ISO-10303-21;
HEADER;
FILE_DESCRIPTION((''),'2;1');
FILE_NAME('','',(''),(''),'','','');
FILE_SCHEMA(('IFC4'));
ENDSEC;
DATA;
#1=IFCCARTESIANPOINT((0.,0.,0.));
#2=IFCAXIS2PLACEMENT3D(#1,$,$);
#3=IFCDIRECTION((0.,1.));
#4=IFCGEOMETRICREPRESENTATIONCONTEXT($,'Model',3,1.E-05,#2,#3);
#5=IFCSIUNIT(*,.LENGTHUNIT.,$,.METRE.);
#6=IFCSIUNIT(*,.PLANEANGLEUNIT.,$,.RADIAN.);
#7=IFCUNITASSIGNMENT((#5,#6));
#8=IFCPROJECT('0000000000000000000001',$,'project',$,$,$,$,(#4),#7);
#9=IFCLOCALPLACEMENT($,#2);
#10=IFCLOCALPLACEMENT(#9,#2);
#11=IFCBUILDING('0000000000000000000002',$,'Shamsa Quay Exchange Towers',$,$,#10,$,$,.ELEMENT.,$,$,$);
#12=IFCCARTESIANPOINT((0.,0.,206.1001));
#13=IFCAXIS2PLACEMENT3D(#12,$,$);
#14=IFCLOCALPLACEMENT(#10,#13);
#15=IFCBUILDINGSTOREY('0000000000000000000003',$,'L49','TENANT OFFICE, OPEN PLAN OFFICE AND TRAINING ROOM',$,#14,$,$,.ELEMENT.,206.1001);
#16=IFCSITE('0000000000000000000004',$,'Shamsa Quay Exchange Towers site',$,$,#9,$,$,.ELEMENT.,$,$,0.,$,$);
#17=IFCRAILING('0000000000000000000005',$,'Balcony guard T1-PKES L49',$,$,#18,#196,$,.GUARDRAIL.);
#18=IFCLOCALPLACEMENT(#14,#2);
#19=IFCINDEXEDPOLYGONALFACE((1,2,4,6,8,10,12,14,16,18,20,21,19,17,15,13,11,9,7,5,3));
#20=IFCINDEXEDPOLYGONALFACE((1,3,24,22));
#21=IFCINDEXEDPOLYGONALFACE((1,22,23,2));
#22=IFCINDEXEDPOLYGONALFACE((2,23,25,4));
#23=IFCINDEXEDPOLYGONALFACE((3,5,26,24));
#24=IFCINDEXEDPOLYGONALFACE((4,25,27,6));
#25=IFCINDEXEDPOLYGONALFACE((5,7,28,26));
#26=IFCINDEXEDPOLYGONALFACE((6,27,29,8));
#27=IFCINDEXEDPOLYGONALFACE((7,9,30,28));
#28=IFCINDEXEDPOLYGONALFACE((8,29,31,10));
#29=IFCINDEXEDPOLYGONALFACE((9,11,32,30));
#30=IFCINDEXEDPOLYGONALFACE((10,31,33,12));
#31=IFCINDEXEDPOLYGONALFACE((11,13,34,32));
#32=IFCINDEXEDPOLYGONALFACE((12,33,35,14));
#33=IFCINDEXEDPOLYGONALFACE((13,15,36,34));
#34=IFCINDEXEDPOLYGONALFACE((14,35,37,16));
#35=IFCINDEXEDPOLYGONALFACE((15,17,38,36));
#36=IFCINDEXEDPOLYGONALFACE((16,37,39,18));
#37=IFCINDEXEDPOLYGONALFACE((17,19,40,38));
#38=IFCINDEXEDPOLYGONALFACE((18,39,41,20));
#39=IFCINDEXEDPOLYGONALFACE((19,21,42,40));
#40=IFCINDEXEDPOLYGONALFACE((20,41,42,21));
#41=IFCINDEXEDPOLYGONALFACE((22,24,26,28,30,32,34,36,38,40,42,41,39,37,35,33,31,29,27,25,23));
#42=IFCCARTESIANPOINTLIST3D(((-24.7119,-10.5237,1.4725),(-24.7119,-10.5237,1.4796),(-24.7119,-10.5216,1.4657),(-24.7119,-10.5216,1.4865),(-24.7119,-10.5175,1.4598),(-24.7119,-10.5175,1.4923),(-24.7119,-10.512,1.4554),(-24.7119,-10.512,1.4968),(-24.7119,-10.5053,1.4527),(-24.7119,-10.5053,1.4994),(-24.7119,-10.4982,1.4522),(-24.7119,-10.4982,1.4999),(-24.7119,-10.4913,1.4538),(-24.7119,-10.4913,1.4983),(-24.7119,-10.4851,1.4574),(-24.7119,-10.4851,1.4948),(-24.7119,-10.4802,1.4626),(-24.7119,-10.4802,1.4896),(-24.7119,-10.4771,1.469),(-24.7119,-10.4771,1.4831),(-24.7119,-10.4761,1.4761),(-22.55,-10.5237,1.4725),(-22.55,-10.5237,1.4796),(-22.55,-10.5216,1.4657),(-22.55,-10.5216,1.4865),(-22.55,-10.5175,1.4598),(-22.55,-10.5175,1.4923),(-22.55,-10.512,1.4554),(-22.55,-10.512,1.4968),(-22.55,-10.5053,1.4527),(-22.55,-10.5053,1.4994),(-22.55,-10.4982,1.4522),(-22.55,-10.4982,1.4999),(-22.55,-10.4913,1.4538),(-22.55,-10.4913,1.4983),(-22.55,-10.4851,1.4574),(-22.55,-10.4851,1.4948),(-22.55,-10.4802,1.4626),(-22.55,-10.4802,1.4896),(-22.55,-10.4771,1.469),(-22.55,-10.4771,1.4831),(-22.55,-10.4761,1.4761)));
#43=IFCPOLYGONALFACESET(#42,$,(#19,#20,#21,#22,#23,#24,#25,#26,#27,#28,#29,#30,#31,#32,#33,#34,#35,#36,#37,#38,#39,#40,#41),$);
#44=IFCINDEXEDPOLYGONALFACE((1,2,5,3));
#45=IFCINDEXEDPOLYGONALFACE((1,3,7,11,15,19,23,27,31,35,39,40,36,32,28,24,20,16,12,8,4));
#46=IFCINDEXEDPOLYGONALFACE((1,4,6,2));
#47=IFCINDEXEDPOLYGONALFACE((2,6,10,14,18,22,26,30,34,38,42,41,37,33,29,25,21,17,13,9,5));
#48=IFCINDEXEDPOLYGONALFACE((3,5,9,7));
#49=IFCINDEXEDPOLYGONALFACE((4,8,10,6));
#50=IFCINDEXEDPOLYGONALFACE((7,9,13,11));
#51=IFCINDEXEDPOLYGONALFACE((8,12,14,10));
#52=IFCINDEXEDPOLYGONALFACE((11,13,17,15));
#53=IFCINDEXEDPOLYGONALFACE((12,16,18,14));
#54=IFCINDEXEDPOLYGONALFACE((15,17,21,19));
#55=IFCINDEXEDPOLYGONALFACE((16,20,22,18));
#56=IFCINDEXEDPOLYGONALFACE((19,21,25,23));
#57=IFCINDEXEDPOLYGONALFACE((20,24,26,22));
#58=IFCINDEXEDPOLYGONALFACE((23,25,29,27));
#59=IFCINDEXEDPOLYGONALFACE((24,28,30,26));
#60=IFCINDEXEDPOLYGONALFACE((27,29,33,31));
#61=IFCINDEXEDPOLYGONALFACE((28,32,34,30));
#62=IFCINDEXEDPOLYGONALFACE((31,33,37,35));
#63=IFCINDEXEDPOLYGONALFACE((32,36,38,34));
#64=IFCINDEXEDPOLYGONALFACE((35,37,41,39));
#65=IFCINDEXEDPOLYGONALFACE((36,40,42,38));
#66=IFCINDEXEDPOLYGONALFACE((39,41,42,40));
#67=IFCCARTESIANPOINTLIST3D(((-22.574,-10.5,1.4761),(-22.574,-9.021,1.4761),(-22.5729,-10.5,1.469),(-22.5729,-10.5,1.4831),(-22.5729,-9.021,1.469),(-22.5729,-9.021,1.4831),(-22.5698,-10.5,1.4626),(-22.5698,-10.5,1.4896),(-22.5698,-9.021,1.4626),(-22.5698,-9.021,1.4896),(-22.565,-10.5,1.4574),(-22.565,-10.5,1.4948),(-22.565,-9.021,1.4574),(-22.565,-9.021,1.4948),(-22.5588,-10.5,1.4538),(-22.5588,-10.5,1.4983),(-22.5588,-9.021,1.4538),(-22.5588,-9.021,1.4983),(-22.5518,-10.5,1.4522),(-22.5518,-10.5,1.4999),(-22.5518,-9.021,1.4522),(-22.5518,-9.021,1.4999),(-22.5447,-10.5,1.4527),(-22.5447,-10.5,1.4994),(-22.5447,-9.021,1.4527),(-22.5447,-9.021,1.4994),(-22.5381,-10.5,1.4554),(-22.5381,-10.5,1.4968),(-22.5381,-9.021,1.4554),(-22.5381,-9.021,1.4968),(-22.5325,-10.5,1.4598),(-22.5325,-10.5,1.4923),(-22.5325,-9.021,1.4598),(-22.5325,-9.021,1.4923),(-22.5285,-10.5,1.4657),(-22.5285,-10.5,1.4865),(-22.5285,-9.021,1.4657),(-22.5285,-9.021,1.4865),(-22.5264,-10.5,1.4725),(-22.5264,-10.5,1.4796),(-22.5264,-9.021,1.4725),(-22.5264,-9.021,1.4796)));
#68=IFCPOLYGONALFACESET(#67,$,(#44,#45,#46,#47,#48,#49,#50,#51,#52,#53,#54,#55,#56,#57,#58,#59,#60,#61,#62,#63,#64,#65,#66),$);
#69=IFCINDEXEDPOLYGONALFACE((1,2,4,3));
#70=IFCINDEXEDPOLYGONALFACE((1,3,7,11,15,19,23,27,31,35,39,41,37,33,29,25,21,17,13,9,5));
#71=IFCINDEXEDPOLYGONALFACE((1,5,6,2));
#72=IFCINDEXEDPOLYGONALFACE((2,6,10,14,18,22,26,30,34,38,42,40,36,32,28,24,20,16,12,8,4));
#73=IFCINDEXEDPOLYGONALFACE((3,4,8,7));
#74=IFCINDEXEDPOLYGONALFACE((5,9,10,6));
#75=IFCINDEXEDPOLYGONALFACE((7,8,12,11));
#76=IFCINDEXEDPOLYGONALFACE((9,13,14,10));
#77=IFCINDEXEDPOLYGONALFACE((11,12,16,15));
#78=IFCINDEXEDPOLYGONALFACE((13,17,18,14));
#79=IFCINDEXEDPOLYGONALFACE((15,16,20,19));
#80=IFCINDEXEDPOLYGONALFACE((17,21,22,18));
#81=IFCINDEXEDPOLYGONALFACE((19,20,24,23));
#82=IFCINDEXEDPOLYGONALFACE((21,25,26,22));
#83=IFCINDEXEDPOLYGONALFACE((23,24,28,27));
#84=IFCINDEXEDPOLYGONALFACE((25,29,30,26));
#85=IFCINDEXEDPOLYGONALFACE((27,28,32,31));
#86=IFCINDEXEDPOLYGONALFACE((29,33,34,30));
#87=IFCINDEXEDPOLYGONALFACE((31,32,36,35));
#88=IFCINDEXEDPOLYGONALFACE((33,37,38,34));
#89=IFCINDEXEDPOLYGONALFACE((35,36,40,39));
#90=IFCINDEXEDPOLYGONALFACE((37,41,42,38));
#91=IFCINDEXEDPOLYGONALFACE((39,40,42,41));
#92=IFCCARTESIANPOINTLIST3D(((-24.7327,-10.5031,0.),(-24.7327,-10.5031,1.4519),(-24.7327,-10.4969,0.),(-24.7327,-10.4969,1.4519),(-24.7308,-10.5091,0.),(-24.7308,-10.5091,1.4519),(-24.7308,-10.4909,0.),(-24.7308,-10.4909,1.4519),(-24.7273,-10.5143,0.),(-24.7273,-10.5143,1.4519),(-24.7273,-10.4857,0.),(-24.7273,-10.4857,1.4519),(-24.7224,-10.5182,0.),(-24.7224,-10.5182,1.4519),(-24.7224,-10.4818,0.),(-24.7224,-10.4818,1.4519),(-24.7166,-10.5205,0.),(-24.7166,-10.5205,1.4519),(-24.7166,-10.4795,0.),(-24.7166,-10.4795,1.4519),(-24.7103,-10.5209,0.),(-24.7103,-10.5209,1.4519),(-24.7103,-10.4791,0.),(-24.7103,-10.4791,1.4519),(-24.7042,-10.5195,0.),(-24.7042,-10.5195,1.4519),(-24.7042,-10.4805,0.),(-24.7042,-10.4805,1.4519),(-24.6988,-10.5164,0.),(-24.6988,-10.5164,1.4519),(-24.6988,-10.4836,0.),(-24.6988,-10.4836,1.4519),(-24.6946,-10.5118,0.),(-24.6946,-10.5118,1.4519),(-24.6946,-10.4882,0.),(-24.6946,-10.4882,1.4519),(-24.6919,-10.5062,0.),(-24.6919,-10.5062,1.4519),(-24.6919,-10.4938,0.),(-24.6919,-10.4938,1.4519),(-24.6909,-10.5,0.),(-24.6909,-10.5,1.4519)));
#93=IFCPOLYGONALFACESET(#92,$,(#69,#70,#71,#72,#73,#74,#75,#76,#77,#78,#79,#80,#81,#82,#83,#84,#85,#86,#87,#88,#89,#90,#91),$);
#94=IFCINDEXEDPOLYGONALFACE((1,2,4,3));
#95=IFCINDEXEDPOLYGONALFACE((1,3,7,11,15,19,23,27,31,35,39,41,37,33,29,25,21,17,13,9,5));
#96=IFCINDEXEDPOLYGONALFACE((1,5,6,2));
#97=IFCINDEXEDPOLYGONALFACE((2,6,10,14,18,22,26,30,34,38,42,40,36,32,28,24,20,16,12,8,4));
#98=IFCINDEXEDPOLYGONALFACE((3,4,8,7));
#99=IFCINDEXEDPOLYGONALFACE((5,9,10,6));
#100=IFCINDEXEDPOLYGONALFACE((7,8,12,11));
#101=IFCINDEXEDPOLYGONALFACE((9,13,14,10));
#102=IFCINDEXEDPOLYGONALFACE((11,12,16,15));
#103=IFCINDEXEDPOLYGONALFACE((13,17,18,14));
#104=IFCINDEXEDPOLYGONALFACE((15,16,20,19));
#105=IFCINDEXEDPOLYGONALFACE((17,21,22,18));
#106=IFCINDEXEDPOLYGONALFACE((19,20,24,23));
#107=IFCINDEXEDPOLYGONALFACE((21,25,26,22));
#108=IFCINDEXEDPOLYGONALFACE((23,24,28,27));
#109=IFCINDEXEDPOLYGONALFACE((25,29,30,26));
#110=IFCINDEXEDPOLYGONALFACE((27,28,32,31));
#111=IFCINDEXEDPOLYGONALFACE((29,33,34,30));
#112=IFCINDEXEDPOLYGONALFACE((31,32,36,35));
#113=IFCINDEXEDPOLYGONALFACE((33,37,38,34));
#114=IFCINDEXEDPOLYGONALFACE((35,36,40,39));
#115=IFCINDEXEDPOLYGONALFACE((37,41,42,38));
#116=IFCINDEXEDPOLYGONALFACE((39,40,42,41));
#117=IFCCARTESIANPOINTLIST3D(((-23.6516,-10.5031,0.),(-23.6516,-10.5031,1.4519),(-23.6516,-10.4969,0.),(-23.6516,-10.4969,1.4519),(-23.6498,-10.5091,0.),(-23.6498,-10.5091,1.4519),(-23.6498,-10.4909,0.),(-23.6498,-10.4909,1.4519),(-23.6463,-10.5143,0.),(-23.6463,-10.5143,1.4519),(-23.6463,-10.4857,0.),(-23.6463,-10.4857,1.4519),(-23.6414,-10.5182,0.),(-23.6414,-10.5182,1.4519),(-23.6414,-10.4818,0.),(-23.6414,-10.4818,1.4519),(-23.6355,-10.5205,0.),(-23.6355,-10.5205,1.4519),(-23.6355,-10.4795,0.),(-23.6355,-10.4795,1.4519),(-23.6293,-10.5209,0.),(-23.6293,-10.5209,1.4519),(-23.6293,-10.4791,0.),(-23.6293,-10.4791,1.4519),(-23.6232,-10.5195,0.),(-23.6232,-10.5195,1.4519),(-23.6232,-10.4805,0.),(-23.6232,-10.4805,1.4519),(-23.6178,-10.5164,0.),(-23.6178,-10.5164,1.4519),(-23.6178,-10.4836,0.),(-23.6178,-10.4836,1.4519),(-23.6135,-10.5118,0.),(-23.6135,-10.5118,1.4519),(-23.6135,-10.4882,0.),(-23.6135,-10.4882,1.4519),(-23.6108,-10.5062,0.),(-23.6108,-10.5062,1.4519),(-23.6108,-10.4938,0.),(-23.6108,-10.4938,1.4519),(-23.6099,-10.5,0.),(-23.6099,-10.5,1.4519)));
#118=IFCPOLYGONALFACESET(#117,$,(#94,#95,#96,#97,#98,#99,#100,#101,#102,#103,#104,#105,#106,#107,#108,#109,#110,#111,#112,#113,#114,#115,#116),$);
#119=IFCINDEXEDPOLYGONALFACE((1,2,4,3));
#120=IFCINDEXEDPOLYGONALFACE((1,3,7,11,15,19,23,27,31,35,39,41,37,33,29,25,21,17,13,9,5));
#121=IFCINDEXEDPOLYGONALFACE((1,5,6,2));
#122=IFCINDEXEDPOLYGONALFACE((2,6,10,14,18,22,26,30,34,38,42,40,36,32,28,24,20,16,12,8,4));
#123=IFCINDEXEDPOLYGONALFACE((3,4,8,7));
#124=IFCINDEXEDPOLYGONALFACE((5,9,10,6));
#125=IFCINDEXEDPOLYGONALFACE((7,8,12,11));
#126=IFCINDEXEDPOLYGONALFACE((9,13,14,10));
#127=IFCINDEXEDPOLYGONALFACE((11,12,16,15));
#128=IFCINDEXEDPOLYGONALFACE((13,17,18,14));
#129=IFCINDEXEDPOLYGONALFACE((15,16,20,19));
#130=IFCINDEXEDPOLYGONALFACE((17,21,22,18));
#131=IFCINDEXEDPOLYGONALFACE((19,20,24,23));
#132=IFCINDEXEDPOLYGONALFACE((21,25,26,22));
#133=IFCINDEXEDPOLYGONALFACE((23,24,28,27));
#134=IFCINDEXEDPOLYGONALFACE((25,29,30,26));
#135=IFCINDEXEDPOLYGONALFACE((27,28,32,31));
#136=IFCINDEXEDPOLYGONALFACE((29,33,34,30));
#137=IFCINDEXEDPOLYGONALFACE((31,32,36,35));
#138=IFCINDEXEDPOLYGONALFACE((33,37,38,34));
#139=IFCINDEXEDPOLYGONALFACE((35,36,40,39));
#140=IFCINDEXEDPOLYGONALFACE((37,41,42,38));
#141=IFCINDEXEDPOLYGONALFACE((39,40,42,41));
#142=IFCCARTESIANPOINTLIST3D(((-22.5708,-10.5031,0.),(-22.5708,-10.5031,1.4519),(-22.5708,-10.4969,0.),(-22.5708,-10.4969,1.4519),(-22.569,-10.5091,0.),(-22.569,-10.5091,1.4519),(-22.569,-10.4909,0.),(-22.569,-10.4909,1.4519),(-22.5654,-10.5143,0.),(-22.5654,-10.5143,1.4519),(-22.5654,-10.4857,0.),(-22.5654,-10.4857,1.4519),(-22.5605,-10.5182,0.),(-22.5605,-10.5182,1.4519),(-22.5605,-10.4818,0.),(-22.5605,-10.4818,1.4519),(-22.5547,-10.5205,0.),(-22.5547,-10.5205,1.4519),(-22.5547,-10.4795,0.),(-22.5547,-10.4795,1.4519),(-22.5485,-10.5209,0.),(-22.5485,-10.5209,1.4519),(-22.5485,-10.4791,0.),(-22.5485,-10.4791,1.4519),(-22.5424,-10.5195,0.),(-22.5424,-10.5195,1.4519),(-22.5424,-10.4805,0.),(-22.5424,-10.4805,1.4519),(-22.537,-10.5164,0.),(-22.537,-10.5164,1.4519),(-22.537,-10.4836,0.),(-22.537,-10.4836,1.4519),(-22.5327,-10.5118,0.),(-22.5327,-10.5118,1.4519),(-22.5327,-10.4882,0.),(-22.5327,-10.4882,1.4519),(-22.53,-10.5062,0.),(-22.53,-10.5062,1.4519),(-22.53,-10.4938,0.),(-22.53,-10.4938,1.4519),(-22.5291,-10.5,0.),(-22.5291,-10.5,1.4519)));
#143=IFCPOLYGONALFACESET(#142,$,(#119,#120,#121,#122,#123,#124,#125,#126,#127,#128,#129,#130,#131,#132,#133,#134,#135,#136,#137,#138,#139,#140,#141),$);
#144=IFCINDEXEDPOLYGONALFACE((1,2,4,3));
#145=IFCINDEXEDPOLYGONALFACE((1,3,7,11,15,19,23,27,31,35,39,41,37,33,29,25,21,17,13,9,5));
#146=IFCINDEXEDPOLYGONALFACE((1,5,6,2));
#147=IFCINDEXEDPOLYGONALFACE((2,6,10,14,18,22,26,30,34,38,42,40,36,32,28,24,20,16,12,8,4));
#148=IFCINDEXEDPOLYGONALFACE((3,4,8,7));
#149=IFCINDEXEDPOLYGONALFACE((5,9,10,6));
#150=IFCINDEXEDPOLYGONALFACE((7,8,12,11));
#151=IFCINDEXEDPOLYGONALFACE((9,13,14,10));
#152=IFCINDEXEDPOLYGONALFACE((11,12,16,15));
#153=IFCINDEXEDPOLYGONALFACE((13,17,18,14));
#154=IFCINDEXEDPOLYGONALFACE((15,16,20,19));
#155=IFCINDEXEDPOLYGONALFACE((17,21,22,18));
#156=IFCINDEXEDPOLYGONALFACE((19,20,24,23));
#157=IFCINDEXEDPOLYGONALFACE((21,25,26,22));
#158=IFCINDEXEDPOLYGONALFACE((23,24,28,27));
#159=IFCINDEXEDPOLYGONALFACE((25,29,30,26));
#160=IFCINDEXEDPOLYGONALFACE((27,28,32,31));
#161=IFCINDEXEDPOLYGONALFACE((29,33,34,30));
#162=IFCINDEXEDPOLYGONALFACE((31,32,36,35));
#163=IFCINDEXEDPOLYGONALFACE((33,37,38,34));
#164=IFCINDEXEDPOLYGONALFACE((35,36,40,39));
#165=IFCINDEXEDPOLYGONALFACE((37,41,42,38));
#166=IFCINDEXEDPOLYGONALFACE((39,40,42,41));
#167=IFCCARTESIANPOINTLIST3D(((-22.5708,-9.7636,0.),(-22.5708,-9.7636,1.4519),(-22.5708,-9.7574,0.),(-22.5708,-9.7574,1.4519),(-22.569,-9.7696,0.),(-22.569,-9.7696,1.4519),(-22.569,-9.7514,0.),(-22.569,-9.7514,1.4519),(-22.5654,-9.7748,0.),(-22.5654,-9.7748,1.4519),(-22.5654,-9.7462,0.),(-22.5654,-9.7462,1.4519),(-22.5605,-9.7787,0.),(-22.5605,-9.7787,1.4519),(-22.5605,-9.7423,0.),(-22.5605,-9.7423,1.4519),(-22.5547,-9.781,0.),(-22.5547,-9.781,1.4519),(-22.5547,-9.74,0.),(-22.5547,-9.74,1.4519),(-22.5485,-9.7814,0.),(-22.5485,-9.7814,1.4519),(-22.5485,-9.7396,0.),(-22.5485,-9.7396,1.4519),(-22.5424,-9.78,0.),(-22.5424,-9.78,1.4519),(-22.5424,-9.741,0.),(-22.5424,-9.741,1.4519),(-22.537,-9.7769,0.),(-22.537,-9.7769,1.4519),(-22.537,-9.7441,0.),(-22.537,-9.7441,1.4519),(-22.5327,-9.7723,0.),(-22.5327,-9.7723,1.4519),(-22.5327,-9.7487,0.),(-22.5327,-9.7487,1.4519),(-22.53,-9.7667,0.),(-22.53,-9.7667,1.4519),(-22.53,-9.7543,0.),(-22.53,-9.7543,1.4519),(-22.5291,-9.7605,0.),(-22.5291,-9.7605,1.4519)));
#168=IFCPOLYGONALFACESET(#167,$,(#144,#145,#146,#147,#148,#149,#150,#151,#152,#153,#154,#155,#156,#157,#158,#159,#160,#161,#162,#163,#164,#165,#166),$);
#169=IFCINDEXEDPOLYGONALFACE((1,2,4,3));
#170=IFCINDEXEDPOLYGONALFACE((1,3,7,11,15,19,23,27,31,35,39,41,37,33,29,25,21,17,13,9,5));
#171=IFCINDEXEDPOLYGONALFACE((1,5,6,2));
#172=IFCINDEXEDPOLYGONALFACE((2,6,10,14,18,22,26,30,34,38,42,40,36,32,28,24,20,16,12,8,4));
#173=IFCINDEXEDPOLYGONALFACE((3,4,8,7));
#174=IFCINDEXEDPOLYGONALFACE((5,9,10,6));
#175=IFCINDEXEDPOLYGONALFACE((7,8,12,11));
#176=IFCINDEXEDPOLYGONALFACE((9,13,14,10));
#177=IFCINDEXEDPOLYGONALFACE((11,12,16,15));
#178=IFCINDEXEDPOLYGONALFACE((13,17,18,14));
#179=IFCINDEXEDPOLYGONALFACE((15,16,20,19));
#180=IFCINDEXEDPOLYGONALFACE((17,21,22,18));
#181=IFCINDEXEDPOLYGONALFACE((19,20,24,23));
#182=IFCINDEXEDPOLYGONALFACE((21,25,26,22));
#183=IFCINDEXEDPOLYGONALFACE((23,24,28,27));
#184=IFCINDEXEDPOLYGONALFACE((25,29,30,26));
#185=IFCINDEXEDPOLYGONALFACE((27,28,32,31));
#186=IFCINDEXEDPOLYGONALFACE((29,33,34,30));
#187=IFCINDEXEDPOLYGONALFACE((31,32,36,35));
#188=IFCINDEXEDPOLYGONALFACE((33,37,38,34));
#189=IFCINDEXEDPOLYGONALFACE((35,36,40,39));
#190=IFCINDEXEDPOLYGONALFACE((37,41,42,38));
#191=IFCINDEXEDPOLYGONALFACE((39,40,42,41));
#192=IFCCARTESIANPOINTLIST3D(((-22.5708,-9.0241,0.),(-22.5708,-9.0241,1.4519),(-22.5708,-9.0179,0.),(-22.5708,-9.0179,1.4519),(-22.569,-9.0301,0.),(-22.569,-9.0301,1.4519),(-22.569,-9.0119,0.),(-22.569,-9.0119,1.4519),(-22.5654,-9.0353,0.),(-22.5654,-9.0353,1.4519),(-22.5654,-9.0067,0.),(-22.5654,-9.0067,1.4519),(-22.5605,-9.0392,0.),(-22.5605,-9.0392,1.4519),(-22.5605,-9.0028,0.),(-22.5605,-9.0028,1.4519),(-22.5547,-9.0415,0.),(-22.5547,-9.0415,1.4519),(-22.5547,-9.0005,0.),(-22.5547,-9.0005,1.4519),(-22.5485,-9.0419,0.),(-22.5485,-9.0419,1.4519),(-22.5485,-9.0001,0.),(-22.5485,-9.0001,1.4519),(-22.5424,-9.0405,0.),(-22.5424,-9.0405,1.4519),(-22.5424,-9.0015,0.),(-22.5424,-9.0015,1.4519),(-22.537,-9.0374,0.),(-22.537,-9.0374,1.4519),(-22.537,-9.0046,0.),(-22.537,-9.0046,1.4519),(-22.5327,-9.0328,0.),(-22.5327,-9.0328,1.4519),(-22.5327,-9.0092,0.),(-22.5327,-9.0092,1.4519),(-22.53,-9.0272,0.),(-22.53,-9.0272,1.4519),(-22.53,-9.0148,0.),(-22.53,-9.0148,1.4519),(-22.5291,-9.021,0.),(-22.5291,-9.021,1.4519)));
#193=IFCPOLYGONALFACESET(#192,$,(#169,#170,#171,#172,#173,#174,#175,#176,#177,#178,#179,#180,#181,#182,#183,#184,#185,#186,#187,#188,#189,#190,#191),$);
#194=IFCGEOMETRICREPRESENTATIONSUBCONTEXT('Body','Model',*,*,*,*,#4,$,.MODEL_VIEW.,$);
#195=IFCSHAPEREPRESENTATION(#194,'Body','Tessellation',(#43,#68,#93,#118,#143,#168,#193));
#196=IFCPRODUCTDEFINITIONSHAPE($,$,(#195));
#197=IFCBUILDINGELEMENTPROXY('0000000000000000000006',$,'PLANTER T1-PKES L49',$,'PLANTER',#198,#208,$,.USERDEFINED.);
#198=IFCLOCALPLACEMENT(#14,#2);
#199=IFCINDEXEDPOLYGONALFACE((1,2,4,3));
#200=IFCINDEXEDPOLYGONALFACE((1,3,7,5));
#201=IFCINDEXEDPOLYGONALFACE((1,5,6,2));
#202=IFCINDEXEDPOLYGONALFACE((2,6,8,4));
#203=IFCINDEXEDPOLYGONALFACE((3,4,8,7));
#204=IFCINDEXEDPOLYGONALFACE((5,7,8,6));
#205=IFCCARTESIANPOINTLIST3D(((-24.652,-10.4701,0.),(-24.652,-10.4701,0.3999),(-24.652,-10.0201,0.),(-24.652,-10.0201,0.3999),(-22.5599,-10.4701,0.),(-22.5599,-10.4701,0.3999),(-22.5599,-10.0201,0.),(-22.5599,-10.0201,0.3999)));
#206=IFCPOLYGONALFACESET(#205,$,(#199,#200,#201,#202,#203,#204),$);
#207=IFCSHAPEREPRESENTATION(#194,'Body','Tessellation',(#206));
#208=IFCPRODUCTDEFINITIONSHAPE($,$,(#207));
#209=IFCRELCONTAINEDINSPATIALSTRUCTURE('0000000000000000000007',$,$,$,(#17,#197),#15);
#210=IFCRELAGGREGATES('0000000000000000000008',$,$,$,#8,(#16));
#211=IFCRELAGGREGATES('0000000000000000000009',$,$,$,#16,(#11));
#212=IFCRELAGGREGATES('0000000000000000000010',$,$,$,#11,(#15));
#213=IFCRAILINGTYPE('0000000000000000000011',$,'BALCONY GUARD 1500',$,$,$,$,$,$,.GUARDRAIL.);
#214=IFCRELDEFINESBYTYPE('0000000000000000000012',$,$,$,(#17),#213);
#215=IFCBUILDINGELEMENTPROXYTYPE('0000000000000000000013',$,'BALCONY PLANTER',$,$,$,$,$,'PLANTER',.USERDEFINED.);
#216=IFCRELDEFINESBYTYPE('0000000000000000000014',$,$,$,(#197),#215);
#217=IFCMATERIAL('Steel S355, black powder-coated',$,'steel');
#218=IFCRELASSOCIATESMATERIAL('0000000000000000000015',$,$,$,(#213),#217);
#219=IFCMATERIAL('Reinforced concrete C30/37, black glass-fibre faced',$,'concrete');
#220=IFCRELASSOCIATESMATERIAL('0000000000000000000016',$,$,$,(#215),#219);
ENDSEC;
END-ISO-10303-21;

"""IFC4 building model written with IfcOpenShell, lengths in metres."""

from ifc_helpers import new_model, si_unit, direction, frame, origin, origin_2d, place, context, subcontext, project, spatial, rectangle, circle, extrude, material, type_object, element, save


model = new_model("IFC4")

# Units and contexts
model_context = context("Model", 3, precision=1e-05, world=origin(), true_north=direction((0.0, 1.0)))
body_context = subcontext(model_context, "Body", "Model", "MODEL_VIEW")
ifc_project = project(units=[si_unit("LENGTHUNIT", "METRE"), si_unit("PLANEANGLEUNIT", "RADIAN")], contexts=[model_context])

# Site, building, storey
site_placement = place(None, origin())
site = spatial("IfcSite", under=ifc_project, at=site_placement, Name="Shamsa Quay Exchange Towers site", CompositionType="ELEMENT", RefElevation=0.0)
building_placement = place(site_placement, origin())
building = spatial("IfcBuilding", under=site, at=building_placement, Name="Shamsa Quay Exchange Towers", CompositionType="ELEMENT")
storey_placement = place(building_placement, frame((0.0, 0.0, 206.1001)))
storey = spatial("IfcBuildingStorey", under=building, at=storey_placement, Name="L49", Description="TENANT OFFICE, OPEN PLAN OFFICE AND TRAINING ROOM", CompositionType="ELEMENT", Elevation=206.1001)

# Railing
ifc_material_1 = material(Name="Steel S355, black powder-coated", Category="steel")
railing_type = type_object("IfcRailingType", Name="BALCONY GUARD 1500", PredefinedType="GUARDRAIL", material=ifc_material_1)
railing_placement = place(storey_placement, frame((-24.7119, -10.5, 0.0)))
element("IfcRailing", 1, at=railing_placement, inside=storey, type_object=railing_type, Name="Balcony guard T1-PKES L49", PredefinedType="GUARDRAIL", context=body_context, shape_type="SweptSolid", body=[
    extrude(circle(Radius=0.0239, at=origin_2d()), frame((0.0, 0.0, 1.4761), z_axis=(1.0, 0.0, 0.0), x_axis=(0.0, 1.0, 0.0)), (0.0, 0.0, 1.0), 2.1619),
    extrude(circle(Radius=0.0239, at=origin_2d()), frame((2.1619, 0.0, 1.4761), z_axis=(0.0, 1.0, 0.0), x_axis=(-1.0, 0.0, 0.0)), (0.0, 0.0, 1.0), 1.479),
    extrude(circle(Radius=0.021, at=origin_2d()), origin(), (0.0, 0.0, 1.0), 1.4519),
    extrude(circle(Radius=0.021, at=origin_2d()), frame((1.0811, 0.0, 0.0)), (0.0, 0.0, 1.0), 1.4519),
    extrude(circle(Radius=0.021, at=origin_2d()), frame((2.1619, 0.0, 0.0)), (0.0, 0.0, 1.0), 1.4519),
    extrude(circle(Radius=0.021, at=origin_2d()), frame((2.1619, 0.7395, 0.0)), (0.0, 0.0, 1.0), 1.4519),
    extrude(circle(Radius=0.021, at=origin_2d()), frame((2.1619, 1.479, 0.0)), (0.0, 0.0, 1.0), 1.4519),
])

# Building element proxy
ifc_material_2 = material(Name="Reinforced concrete C30/37, black glass-fibre faced", Category="concrete")
building_element_proxy_type = type_object("IfcBuildingElementProxyType", Name="BALCONY PLANTER", ElementType="PLANTER", PredefinedType="USERDEFINED", material=ifc_material_2)
proxy_placement = place(storey_placement, frame((-23.606, -10.2451, 0.0)))
element("IfcBuildingElementProxy", 2, at=proxy_placement, inside=storey, type_object=building_element_proxy_type, Name="PLANTER T1-PKES L49", ObjectType="PLANTER", PredefinedType="USERDEFINED", context=body_context, shape_type="SweptSolid", body=[
    extrude(rectangle(XDim=2.092, YDim=0.45, at=origin_2d()), origin(), (0.0, 0.0, 1.0), 0.3999),
])

save(model, "model.ifc")
